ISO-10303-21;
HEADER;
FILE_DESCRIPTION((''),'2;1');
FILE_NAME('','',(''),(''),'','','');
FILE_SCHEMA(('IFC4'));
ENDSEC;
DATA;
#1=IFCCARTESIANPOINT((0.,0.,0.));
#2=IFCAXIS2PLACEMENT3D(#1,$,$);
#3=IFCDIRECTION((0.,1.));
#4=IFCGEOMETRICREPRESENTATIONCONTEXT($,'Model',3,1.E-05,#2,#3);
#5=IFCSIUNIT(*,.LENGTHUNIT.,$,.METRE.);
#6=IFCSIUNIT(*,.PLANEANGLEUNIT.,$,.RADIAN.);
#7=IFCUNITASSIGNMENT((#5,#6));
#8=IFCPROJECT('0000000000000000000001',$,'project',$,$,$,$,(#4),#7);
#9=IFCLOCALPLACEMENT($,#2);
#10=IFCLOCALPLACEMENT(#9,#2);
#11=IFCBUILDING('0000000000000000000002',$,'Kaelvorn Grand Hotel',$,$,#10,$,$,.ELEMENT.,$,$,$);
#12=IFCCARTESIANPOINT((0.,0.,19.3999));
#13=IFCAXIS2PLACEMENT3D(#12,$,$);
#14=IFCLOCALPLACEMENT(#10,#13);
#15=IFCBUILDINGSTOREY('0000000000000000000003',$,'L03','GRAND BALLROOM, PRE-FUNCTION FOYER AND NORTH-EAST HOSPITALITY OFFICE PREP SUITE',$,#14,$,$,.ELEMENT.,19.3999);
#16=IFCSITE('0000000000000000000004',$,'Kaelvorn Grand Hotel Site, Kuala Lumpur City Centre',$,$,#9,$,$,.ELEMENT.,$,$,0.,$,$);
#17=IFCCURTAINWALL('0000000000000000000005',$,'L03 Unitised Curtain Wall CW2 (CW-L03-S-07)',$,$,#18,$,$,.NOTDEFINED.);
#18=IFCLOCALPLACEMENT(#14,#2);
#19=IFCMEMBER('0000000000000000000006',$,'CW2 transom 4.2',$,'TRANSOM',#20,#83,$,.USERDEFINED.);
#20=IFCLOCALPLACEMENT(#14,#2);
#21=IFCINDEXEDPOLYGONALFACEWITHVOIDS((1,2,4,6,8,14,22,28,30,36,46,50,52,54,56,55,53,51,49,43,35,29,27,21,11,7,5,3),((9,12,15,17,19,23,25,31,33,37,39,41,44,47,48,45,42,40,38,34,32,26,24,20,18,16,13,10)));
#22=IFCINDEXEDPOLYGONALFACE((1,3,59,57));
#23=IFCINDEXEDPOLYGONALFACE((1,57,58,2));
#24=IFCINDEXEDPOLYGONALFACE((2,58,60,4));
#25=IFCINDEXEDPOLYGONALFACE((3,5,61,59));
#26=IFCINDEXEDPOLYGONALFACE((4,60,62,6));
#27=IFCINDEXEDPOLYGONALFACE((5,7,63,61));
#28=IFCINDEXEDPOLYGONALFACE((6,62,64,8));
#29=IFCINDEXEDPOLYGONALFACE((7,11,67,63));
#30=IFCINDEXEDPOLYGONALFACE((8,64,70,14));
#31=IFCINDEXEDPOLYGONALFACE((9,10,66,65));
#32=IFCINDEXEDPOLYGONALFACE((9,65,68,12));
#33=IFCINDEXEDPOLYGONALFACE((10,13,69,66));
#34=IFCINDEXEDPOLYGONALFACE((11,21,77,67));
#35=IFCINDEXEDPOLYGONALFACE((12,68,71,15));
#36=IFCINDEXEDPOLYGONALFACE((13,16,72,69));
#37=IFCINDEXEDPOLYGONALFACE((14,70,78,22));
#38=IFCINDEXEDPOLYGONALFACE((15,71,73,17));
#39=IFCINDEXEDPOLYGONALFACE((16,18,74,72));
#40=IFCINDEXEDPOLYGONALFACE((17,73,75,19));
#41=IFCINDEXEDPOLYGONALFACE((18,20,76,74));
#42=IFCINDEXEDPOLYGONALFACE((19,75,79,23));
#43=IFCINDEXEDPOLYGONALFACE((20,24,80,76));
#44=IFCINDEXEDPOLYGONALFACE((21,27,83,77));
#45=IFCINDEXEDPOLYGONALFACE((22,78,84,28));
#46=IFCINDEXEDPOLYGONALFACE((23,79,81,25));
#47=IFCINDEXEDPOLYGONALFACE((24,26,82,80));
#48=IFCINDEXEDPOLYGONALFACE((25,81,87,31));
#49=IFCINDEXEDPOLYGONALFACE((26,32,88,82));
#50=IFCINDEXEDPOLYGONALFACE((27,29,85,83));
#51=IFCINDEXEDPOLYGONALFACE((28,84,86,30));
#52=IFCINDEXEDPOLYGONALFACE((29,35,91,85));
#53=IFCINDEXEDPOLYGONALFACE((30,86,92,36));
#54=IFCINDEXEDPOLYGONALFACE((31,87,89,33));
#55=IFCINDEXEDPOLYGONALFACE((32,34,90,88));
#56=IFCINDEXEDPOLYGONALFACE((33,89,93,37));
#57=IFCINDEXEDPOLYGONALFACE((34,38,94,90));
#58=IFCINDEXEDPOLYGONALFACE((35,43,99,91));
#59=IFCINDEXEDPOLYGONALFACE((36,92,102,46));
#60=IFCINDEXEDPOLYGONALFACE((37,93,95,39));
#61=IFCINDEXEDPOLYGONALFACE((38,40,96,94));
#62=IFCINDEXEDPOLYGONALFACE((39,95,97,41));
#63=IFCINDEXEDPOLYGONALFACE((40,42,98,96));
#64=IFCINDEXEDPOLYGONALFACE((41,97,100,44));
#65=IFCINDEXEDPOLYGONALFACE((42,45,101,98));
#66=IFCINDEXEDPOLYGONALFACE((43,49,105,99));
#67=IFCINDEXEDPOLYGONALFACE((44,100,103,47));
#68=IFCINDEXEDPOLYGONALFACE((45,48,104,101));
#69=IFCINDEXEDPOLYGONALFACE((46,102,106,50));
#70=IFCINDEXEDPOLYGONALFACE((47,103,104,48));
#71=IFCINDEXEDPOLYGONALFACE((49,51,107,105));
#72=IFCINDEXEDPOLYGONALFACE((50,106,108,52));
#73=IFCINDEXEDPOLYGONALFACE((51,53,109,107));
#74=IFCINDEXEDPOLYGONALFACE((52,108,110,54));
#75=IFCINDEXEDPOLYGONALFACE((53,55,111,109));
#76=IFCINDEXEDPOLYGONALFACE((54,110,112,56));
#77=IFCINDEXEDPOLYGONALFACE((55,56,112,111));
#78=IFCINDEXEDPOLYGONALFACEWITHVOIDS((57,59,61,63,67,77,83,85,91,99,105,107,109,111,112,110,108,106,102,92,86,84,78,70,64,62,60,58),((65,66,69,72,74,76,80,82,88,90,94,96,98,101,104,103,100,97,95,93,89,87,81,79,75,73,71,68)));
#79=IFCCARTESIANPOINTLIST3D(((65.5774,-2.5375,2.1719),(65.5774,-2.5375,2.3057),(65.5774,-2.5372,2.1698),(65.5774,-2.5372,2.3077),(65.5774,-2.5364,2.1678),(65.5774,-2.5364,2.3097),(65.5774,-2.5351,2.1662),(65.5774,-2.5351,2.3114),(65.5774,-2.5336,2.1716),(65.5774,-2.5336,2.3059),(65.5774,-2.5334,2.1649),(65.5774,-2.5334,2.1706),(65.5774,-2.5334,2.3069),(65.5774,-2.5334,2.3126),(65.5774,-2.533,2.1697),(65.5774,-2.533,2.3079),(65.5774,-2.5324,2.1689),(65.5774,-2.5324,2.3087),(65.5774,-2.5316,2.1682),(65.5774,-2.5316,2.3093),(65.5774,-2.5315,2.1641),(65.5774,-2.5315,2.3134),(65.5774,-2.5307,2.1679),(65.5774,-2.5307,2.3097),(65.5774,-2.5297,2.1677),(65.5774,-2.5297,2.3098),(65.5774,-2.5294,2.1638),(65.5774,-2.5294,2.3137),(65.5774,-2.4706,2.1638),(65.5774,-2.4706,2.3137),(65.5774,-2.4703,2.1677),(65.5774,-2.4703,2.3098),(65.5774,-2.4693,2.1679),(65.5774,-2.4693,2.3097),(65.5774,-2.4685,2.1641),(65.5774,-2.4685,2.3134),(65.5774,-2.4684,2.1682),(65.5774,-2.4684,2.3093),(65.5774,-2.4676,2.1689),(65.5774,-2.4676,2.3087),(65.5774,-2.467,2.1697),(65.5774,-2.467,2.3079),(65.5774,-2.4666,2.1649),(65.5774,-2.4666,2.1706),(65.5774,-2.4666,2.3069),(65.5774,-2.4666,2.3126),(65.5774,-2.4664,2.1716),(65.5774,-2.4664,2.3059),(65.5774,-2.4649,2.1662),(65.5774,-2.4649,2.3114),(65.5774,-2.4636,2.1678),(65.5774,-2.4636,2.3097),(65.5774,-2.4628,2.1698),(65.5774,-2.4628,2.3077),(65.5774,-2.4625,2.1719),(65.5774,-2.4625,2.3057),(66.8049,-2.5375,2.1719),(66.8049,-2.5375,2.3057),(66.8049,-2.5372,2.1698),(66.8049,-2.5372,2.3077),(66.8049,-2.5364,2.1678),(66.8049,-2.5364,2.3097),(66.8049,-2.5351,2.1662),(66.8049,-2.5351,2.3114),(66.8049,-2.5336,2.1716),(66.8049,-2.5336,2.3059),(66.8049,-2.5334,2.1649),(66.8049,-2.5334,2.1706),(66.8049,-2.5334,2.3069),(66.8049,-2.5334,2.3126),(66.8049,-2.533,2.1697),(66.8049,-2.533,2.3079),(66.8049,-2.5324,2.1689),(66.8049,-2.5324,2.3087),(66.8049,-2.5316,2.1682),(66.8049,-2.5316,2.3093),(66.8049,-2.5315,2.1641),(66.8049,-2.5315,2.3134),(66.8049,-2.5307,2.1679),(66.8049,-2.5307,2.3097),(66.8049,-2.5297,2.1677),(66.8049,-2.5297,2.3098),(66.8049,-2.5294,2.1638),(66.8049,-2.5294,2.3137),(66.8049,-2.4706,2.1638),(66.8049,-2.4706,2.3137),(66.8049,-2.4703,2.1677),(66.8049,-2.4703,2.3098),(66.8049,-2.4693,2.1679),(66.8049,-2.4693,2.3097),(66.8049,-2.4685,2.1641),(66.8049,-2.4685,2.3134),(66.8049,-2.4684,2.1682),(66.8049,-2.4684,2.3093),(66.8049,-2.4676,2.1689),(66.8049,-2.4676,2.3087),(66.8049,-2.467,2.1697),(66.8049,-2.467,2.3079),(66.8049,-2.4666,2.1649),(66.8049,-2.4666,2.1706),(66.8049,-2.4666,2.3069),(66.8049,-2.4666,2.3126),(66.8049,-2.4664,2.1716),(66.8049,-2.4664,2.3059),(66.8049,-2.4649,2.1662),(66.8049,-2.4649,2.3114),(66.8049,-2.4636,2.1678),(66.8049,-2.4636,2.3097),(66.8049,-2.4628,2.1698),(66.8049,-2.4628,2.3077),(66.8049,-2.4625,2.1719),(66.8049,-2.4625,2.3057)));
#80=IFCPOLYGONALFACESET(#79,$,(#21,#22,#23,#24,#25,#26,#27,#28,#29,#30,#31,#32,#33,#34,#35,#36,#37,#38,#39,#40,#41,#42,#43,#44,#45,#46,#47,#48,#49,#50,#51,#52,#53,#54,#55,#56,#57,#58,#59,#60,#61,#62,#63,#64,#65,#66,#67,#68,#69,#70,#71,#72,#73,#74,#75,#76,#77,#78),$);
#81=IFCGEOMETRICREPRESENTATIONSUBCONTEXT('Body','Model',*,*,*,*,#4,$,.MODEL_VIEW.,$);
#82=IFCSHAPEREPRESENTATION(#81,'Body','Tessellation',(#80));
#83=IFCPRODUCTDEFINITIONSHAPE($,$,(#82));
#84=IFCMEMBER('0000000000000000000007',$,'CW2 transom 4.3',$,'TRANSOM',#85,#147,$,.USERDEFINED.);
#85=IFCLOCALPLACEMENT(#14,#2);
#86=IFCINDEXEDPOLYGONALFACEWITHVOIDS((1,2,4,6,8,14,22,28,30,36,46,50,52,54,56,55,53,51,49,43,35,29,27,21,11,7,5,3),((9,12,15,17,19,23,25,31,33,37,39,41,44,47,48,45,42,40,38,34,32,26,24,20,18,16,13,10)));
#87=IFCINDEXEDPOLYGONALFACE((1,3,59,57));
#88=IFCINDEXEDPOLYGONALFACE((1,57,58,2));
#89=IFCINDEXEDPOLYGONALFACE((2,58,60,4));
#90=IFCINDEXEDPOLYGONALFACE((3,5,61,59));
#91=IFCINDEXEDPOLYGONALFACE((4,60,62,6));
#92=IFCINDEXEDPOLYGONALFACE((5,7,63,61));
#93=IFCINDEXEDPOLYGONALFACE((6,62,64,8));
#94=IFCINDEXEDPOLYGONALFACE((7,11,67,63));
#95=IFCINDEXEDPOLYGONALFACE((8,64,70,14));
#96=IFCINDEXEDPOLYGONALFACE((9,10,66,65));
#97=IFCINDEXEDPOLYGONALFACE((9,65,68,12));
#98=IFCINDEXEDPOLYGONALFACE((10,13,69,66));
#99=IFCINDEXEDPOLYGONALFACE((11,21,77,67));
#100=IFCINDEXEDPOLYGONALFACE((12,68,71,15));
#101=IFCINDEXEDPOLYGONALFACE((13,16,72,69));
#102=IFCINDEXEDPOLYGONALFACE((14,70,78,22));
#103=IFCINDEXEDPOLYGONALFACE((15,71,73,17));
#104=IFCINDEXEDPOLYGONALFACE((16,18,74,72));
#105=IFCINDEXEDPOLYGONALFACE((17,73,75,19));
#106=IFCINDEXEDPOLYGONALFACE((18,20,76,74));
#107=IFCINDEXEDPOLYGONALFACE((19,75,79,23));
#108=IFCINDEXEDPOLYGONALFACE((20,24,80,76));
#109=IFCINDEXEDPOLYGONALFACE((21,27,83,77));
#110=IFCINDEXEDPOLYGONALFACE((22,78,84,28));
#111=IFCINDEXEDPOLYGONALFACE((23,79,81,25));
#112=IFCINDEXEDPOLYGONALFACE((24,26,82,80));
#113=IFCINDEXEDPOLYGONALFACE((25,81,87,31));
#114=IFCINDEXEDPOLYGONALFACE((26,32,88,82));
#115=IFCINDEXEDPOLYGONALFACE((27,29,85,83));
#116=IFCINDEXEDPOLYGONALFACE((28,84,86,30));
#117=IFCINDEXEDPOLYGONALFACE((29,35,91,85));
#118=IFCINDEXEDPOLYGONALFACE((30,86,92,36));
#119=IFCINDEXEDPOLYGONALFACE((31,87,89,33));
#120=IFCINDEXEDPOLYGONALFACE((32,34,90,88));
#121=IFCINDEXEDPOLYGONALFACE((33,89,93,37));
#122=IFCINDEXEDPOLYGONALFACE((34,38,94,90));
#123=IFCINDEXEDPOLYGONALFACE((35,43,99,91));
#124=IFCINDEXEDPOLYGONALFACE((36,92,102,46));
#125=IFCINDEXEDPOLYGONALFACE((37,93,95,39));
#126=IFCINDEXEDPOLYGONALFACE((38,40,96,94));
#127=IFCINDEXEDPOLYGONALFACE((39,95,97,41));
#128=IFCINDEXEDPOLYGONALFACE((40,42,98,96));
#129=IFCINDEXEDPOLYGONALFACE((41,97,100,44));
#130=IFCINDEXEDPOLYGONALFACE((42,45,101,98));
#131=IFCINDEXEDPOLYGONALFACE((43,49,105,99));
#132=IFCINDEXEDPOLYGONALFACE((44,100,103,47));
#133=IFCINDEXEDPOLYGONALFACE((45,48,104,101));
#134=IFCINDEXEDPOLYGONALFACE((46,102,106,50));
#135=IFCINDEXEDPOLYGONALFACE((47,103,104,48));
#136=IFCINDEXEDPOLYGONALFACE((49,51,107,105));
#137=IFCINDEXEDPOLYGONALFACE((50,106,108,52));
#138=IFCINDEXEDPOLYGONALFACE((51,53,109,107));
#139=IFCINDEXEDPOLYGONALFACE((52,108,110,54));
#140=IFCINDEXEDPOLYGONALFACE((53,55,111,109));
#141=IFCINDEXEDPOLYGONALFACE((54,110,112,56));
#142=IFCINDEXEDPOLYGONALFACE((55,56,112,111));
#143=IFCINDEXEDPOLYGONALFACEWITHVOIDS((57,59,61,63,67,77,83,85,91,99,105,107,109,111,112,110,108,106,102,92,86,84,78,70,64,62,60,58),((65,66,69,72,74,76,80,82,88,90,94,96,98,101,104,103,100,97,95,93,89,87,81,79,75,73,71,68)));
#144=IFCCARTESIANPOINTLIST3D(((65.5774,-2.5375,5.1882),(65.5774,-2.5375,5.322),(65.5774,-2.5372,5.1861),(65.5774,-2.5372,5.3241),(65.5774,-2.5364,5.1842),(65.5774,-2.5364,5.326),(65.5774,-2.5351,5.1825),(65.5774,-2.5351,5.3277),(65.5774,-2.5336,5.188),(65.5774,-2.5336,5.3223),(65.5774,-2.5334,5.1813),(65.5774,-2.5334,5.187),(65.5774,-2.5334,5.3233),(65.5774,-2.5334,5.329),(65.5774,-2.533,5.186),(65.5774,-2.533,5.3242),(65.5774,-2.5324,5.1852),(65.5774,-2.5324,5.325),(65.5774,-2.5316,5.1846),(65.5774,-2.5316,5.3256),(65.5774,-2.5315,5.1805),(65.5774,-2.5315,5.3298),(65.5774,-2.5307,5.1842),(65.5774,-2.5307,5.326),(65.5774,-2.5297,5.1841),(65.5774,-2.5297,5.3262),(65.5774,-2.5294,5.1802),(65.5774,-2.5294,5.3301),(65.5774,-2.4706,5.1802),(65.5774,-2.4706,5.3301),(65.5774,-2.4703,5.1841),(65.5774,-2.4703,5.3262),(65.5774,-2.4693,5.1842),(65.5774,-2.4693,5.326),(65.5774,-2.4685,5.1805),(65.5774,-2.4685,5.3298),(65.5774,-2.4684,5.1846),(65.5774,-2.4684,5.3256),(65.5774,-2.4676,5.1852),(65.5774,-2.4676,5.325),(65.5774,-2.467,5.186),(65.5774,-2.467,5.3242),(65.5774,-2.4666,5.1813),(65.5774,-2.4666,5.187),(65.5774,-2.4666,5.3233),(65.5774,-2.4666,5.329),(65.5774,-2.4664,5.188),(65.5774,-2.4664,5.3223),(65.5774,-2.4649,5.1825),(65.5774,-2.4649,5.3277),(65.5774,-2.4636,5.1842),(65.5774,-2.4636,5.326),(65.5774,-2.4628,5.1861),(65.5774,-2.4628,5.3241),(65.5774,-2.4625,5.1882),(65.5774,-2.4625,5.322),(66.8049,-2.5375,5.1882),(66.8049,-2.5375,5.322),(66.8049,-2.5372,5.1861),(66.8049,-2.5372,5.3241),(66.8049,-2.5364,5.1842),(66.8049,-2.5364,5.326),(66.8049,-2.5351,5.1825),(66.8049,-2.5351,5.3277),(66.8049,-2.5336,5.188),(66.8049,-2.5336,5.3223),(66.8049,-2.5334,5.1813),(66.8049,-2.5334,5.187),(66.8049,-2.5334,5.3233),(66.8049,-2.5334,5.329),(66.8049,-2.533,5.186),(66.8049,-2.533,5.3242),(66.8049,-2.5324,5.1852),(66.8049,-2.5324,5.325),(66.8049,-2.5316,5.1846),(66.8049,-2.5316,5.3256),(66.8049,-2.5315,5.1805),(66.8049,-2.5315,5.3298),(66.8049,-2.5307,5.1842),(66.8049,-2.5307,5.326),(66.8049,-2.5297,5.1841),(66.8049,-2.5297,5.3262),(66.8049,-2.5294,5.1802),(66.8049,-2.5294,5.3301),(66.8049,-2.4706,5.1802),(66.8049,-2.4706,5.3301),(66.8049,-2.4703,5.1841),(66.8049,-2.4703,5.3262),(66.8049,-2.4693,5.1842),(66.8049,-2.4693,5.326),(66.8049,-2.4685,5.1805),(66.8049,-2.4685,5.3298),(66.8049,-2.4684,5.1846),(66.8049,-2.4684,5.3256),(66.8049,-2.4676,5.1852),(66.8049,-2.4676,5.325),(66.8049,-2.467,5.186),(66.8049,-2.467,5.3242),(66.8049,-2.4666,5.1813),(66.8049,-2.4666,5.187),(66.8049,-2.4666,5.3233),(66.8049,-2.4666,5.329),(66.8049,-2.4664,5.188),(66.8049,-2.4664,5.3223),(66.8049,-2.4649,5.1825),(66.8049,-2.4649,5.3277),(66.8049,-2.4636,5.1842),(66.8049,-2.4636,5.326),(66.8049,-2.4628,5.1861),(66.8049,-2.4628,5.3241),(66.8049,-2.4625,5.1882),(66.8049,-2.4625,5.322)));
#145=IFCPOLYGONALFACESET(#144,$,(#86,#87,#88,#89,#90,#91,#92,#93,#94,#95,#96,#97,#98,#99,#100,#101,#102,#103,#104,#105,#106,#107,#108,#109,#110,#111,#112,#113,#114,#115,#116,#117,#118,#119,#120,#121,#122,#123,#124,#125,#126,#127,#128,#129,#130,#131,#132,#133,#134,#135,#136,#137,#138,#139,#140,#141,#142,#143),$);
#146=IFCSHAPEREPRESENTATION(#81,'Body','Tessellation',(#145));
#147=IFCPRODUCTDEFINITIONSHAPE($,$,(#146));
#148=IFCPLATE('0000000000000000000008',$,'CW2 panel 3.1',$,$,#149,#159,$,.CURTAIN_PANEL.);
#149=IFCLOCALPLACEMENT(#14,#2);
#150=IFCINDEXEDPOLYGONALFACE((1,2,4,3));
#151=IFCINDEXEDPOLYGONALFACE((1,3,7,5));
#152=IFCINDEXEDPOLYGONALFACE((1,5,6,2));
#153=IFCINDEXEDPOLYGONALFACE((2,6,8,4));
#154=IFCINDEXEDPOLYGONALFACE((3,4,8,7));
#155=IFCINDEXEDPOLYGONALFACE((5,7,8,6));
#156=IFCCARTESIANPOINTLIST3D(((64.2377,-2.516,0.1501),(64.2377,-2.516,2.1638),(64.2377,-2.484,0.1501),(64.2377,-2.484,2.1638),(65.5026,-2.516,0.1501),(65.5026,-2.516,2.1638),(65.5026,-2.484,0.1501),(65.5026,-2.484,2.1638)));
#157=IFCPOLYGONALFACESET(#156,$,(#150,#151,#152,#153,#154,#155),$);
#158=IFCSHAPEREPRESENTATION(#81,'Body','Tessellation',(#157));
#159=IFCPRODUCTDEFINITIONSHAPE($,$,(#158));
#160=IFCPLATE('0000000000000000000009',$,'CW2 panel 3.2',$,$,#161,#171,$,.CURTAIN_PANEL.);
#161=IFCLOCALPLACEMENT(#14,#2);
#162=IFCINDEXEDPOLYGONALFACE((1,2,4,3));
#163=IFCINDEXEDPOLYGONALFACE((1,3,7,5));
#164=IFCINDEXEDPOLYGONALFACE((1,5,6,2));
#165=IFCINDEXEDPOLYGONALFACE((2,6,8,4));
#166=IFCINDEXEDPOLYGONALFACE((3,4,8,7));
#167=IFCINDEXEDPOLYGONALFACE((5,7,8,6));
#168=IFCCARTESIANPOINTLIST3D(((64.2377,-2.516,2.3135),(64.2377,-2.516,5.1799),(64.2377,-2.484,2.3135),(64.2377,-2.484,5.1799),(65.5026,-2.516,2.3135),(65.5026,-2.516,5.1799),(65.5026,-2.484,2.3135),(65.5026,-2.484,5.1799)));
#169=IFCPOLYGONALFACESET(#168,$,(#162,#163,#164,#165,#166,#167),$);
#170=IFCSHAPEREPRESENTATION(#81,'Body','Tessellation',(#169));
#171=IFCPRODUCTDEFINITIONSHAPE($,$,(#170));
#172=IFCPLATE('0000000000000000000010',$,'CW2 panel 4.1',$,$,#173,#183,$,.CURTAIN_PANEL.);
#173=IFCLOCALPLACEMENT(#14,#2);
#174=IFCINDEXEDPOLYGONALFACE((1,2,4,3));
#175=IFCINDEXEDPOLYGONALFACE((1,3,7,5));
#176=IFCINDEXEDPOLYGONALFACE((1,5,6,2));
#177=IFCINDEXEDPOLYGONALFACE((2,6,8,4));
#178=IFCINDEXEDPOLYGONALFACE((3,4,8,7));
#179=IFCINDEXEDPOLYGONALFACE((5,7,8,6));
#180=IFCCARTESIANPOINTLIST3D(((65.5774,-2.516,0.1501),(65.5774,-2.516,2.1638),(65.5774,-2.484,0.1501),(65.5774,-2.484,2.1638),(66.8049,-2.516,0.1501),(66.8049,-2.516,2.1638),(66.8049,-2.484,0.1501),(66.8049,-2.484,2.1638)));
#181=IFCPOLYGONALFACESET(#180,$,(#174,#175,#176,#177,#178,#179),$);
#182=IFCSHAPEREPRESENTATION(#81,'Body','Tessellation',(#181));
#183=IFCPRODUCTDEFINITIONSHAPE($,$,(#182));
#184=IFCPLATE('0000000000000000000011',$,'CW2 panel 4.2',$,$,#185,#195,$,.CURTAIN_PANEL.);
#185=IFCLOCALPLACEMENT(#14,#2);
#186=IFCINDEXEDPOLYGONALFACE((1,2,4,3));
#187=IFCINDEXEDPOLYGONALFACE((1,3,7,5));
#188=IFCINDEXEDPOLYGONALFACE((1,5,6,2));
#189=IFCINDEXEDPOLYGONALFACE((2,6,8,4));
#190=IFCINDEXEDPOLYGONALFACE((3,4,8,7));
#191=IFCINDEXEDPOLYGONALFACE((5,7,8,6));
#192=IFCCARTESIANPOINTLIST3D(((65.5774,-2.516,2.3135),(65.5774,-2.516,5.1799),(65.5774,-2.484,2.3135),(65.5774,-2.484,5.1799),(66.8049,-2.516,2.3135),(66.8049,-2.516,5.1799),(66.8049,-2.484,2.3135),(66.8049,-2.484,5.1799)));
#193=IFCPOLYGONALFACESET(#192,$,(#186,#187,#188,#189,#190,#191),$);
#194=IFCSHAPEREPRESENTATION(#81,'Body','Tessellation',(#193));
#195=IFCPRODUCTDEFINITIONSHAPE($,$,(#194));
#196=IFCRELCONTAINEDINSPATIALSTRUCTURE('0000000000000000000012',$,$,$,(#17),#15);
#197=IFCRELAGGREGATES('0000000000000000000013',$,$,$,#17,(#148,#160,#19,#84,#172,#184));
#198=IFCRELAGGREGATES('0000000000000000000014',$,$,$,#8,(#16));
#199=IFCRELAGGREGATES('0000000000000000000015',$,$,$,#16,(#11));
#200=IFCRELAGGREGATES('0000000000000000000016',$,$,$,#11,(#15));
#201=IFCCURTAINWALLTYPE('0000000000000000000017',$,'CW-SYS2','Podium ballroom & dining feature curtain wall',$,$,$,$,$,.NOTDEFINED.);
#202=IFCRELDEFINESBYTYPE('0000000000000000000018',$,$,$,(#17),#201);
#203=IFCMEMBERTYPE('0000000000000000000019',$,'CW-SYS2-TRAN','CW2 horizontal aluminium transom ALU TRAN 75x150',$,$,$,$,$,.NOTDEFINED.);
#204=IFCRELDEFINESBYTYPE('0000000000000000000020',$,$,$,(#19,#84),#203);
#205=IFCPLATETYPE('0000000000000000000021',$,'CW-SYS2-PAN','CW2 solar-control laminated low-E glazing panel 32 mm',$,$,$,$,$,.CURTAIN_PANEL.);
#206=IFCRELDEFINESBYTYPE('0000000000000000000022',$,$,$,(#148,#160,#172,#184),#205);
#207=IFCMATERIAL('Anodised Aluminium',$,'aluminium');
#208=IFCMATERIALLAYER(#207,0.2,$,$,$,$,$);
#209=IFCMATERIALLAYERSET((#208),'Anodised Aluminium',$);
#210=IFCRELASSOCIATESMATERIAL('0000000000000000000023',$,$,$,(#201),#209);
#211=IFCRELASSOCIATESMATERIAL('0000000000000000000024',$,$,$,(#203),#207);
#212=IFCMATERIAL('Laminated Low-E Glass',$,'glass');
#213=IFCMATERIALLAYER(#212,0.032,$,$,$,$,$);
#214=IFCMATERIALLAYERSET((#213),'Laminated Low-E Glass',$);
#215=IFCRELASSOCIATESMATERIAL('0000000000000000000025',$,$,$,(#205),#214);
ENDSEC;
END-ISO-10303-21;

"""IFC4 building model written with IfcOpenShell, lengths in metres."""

from ifc_helpers import new_model, si_unit, direction, frame, origin, origin_2d, place, context, subcontext, project, spatial, rectangle, hollow_rectangle, extrude, material, layer, layer_set, material_profile, profile_set, type_object, element, aggregate, save


model = new_model("IFC4")

# Units and contexts
model_context = context("Model", 3, precision=1e-05, world=origin(), true_north=direction((0.0, 1.0)))
body_context = subcontext(model_context, "Body", "Model", "MODEL_VIEW")
ifc_project = project(units=[si_unit("LENGTHUNIT", "METRE"), si_unit("PLANEANGLEUNIT", "RADIAN")], contexts=[model_context])

# Site, building, storey
site_placement = place(None, origin())
site = spatial("IfcSite", under=ifc_project, at=site_placement, Name="Kaelvorn Grand Hotel Site, Kuala Lumpur City Centre", CompositionType="ELEMENT", RefElevation=0.0)
building_placement = place(site_placement, origin())
building = spatial("IfcBuilding", under=site, at=building_placement, Name="Kaelvorn Grand Hotel", CompositionType="ELEMENT")
storey_placement = place(building_placement, frame((0.0, 0.0, 19.3999)))
storey = spatial("IfcBuildingStorey", under=building, at=storey_placement, Name="L03", Description="GRAND BALLROOM, PRE-FUNCTION FOYER AND NORTH-EAST HOSPITALITY OFFICE PREP SUITE", CompositionType="ELEMENT", Elevation=19.3999)

# Curtain wall, members, plates
ifc_material_1 = material(Name="Anodised Aluminium", Category="aluminium")
ifc_layer_1 = layer(ifc_material_1, 0.2)
ifc_layer_set_1 = layer_set([ifc_layer_1], Name="Anodised Aluminium")
curtain_wall_type = type_object("IfcCurtainWallType", Name="CW-SYS2", Description="Podium ballroom & dining feature curtain wall", PredefinedType="NOTDEFINED", material=ifc_layer_set_1)
curtain_wall_placement = place(storey_placement, origin())
curtain_wall = element("IfcCurtainWall", 1, at=curtain_wall_placement, inside=storey, type_object=curtain_wall_type, Name="L03 Unitised Curtain Wall CW2 (CW-L03-S-07)", PredefinedType="NOTDEFINED")
ifc_material_profile_1 = material_profile(ifc_material_1, hollow_rectangle(XDim=0.075, YDim=0.1499, WallThickness=0.0039, InnerFilletRadius=0.0039, OuterFilletRadius=0.0081, at=origin_2d()), Name="ALU TRAN 75x150")
ifc_profile_set_1 = profile_set([ifc_material_profile_1], Name="Anodised Aluminium")
member_type_1 = type_object("IfcMemberType", Name="CW-SYS2-TRAN", Description="CW2 horizontal aluminium transom ALU TRAN 75x150", PredefinedType="NOTDEFINED", material=ifc_profile_set_1)
member_1_placement = place(storey_placement, frame((65.5774, -2.5, 2.2388), z_axis=(1.0, 0.0, 0.0), x_axis=(0.0, 1.0, 0.0)))
member_1 = element("IfcMember", 2, at=member_1_placement, type_object=member_type_1, Name="CW2 transom 4.2", ObjectType="TRANSOM", PredefinedType="USERDEFINED", context=body_context, shape_type="SweptSolid", body=[
    extrude(hollow_rectangle(XDim=0.075, YDim=0.1499, WallThickness=0.0039, InnerFilletRadius=0.0039, OuterFilletRadius=0.0081, at=origin_2d()), origin(), (0.0, 0.0, 1.0), 1.2275),
])
member_2_placement = place(storey_placement, frame((65.5774, -2.5, 5.2551), z_axis=(1.0, 0.0, 0.0), x_axis=(0.0, 1.0, 0.0)))
member_2 = element("IfcMember", 3, at=member_2_placement, type_object=member_type_1, Name="CW2 transom 4.3", ObjectType="TRANSOM", PredefinedType="USERDEFINED", context=body_context, shape_type="SweptSolid", body=[
    extrude(hollow_rectangle(XDim=0.075, YDim=0.1499, WallThickness=0.0039, InnerFilletRadius=0.0039, OuterFilletRadius=0.0081, at=origin_2d()), origin(), (0.0, 0.0, 1.0), 1.2275),
])
ifc_material_2 = material(Name="Laminated Low-E Glass", Category="glass")
ifc_layer_2 = layer(ifc_material_2, 0.032)
ifc_layer_set_2 = layer_set([ifc_layer_2], Name="Laminated Low-E Glass")
plate_type = type_object("IfcPlateType", Name="CW-SYS2-PAN", Description="CW2 solar-control laminated low-E glazing panel 32 mm", PredefinedType="CURTAIN_PANEL", material=ifc_layer_set_2)
plate_1_placement = place(storey_placement, frame((64.8701, -2.5, 0.1501), z_axis=(0.0, 0.0, 1.0), x_axis=(1.0, 0.0, 0.0)))
plate_1 = element("IfcPlate", 4, at=plate_1_placement, type_object=plate_type, Name="CW2 panel 3.1", PredefinedType="CURTAIN_PANEL", context=body_context, shape_type="SweptSolid", body=[
    extrude(rectangle(XDim=1.2649, YDim=0.032, at=origin_2d()), origin(), (0.0, 0.0, 1.0), 2.0137),
])
plate_2_placement = place(storey_placement, frame((64.8701, -2.5, 2.3135), z_axis=(0.0, 0.0, 1.0), x_axis=(1.0, 0.0, 0.0)))
plate_2 = element("IfcPlate", 5, at=plate_2_placement, type_object=plate_type, Name="CW2 panel 3.2", PredefinedType="CURTAIN_PANEL", context=body_context, shape_type="SweptSolid", body=[
    extrude(rectangle(XDim=1.2649, YDim=0.032, at=origin_2d()), origin(), (0.0, 0.0, 1.0), 2.8665),
])
plate_3_placement = place(storey_placement, frame((66.1912, -2.5, 0.1501), z_axis=(0.0, 0.0, 1.0), x_axis=(1.0, 0.0, 0.0)))
plate_3 = element("IfcPlate", 6, at=plate_3_placement, type_object=plate_type, Name="CW2 panel 4.1", PredefinedType="CURTAIN_PANEL", context=body_context, shape_type="SweptSolid", body=[
    extrude(rectangle(XDim=1.2275, YDim=0.032, at=origin_2d()), origin(), (0.0, 0.0, 1.0), 2.0137),
])
plate_4_placement = place(storey_placement, frame((66.1912, -2.5, 2.3135), z_axis=(0.0, 0.0, 1.0), x_axis=(1.0, 0.0, 0.0)))
plate_4 = element("IfcPlate", 7, at=plate_4_placement, type_object=plate_type, Name="CW2 panel 4.2", PredefinedType="CURTAIN_PANEL", context=body_context, shape_type="SweptSolid", body=[
    extrude(rectangle(XDim=1.2275, YDim=0.032, at=origin_2d()), origin(), (0.0, 0.0, 1.0), 2.8665),
])
aggregate(curtain_wall, [plate_1, plate_2, member_1, member_2, plate_3, plate_4])

save(model, "model.ifc")
